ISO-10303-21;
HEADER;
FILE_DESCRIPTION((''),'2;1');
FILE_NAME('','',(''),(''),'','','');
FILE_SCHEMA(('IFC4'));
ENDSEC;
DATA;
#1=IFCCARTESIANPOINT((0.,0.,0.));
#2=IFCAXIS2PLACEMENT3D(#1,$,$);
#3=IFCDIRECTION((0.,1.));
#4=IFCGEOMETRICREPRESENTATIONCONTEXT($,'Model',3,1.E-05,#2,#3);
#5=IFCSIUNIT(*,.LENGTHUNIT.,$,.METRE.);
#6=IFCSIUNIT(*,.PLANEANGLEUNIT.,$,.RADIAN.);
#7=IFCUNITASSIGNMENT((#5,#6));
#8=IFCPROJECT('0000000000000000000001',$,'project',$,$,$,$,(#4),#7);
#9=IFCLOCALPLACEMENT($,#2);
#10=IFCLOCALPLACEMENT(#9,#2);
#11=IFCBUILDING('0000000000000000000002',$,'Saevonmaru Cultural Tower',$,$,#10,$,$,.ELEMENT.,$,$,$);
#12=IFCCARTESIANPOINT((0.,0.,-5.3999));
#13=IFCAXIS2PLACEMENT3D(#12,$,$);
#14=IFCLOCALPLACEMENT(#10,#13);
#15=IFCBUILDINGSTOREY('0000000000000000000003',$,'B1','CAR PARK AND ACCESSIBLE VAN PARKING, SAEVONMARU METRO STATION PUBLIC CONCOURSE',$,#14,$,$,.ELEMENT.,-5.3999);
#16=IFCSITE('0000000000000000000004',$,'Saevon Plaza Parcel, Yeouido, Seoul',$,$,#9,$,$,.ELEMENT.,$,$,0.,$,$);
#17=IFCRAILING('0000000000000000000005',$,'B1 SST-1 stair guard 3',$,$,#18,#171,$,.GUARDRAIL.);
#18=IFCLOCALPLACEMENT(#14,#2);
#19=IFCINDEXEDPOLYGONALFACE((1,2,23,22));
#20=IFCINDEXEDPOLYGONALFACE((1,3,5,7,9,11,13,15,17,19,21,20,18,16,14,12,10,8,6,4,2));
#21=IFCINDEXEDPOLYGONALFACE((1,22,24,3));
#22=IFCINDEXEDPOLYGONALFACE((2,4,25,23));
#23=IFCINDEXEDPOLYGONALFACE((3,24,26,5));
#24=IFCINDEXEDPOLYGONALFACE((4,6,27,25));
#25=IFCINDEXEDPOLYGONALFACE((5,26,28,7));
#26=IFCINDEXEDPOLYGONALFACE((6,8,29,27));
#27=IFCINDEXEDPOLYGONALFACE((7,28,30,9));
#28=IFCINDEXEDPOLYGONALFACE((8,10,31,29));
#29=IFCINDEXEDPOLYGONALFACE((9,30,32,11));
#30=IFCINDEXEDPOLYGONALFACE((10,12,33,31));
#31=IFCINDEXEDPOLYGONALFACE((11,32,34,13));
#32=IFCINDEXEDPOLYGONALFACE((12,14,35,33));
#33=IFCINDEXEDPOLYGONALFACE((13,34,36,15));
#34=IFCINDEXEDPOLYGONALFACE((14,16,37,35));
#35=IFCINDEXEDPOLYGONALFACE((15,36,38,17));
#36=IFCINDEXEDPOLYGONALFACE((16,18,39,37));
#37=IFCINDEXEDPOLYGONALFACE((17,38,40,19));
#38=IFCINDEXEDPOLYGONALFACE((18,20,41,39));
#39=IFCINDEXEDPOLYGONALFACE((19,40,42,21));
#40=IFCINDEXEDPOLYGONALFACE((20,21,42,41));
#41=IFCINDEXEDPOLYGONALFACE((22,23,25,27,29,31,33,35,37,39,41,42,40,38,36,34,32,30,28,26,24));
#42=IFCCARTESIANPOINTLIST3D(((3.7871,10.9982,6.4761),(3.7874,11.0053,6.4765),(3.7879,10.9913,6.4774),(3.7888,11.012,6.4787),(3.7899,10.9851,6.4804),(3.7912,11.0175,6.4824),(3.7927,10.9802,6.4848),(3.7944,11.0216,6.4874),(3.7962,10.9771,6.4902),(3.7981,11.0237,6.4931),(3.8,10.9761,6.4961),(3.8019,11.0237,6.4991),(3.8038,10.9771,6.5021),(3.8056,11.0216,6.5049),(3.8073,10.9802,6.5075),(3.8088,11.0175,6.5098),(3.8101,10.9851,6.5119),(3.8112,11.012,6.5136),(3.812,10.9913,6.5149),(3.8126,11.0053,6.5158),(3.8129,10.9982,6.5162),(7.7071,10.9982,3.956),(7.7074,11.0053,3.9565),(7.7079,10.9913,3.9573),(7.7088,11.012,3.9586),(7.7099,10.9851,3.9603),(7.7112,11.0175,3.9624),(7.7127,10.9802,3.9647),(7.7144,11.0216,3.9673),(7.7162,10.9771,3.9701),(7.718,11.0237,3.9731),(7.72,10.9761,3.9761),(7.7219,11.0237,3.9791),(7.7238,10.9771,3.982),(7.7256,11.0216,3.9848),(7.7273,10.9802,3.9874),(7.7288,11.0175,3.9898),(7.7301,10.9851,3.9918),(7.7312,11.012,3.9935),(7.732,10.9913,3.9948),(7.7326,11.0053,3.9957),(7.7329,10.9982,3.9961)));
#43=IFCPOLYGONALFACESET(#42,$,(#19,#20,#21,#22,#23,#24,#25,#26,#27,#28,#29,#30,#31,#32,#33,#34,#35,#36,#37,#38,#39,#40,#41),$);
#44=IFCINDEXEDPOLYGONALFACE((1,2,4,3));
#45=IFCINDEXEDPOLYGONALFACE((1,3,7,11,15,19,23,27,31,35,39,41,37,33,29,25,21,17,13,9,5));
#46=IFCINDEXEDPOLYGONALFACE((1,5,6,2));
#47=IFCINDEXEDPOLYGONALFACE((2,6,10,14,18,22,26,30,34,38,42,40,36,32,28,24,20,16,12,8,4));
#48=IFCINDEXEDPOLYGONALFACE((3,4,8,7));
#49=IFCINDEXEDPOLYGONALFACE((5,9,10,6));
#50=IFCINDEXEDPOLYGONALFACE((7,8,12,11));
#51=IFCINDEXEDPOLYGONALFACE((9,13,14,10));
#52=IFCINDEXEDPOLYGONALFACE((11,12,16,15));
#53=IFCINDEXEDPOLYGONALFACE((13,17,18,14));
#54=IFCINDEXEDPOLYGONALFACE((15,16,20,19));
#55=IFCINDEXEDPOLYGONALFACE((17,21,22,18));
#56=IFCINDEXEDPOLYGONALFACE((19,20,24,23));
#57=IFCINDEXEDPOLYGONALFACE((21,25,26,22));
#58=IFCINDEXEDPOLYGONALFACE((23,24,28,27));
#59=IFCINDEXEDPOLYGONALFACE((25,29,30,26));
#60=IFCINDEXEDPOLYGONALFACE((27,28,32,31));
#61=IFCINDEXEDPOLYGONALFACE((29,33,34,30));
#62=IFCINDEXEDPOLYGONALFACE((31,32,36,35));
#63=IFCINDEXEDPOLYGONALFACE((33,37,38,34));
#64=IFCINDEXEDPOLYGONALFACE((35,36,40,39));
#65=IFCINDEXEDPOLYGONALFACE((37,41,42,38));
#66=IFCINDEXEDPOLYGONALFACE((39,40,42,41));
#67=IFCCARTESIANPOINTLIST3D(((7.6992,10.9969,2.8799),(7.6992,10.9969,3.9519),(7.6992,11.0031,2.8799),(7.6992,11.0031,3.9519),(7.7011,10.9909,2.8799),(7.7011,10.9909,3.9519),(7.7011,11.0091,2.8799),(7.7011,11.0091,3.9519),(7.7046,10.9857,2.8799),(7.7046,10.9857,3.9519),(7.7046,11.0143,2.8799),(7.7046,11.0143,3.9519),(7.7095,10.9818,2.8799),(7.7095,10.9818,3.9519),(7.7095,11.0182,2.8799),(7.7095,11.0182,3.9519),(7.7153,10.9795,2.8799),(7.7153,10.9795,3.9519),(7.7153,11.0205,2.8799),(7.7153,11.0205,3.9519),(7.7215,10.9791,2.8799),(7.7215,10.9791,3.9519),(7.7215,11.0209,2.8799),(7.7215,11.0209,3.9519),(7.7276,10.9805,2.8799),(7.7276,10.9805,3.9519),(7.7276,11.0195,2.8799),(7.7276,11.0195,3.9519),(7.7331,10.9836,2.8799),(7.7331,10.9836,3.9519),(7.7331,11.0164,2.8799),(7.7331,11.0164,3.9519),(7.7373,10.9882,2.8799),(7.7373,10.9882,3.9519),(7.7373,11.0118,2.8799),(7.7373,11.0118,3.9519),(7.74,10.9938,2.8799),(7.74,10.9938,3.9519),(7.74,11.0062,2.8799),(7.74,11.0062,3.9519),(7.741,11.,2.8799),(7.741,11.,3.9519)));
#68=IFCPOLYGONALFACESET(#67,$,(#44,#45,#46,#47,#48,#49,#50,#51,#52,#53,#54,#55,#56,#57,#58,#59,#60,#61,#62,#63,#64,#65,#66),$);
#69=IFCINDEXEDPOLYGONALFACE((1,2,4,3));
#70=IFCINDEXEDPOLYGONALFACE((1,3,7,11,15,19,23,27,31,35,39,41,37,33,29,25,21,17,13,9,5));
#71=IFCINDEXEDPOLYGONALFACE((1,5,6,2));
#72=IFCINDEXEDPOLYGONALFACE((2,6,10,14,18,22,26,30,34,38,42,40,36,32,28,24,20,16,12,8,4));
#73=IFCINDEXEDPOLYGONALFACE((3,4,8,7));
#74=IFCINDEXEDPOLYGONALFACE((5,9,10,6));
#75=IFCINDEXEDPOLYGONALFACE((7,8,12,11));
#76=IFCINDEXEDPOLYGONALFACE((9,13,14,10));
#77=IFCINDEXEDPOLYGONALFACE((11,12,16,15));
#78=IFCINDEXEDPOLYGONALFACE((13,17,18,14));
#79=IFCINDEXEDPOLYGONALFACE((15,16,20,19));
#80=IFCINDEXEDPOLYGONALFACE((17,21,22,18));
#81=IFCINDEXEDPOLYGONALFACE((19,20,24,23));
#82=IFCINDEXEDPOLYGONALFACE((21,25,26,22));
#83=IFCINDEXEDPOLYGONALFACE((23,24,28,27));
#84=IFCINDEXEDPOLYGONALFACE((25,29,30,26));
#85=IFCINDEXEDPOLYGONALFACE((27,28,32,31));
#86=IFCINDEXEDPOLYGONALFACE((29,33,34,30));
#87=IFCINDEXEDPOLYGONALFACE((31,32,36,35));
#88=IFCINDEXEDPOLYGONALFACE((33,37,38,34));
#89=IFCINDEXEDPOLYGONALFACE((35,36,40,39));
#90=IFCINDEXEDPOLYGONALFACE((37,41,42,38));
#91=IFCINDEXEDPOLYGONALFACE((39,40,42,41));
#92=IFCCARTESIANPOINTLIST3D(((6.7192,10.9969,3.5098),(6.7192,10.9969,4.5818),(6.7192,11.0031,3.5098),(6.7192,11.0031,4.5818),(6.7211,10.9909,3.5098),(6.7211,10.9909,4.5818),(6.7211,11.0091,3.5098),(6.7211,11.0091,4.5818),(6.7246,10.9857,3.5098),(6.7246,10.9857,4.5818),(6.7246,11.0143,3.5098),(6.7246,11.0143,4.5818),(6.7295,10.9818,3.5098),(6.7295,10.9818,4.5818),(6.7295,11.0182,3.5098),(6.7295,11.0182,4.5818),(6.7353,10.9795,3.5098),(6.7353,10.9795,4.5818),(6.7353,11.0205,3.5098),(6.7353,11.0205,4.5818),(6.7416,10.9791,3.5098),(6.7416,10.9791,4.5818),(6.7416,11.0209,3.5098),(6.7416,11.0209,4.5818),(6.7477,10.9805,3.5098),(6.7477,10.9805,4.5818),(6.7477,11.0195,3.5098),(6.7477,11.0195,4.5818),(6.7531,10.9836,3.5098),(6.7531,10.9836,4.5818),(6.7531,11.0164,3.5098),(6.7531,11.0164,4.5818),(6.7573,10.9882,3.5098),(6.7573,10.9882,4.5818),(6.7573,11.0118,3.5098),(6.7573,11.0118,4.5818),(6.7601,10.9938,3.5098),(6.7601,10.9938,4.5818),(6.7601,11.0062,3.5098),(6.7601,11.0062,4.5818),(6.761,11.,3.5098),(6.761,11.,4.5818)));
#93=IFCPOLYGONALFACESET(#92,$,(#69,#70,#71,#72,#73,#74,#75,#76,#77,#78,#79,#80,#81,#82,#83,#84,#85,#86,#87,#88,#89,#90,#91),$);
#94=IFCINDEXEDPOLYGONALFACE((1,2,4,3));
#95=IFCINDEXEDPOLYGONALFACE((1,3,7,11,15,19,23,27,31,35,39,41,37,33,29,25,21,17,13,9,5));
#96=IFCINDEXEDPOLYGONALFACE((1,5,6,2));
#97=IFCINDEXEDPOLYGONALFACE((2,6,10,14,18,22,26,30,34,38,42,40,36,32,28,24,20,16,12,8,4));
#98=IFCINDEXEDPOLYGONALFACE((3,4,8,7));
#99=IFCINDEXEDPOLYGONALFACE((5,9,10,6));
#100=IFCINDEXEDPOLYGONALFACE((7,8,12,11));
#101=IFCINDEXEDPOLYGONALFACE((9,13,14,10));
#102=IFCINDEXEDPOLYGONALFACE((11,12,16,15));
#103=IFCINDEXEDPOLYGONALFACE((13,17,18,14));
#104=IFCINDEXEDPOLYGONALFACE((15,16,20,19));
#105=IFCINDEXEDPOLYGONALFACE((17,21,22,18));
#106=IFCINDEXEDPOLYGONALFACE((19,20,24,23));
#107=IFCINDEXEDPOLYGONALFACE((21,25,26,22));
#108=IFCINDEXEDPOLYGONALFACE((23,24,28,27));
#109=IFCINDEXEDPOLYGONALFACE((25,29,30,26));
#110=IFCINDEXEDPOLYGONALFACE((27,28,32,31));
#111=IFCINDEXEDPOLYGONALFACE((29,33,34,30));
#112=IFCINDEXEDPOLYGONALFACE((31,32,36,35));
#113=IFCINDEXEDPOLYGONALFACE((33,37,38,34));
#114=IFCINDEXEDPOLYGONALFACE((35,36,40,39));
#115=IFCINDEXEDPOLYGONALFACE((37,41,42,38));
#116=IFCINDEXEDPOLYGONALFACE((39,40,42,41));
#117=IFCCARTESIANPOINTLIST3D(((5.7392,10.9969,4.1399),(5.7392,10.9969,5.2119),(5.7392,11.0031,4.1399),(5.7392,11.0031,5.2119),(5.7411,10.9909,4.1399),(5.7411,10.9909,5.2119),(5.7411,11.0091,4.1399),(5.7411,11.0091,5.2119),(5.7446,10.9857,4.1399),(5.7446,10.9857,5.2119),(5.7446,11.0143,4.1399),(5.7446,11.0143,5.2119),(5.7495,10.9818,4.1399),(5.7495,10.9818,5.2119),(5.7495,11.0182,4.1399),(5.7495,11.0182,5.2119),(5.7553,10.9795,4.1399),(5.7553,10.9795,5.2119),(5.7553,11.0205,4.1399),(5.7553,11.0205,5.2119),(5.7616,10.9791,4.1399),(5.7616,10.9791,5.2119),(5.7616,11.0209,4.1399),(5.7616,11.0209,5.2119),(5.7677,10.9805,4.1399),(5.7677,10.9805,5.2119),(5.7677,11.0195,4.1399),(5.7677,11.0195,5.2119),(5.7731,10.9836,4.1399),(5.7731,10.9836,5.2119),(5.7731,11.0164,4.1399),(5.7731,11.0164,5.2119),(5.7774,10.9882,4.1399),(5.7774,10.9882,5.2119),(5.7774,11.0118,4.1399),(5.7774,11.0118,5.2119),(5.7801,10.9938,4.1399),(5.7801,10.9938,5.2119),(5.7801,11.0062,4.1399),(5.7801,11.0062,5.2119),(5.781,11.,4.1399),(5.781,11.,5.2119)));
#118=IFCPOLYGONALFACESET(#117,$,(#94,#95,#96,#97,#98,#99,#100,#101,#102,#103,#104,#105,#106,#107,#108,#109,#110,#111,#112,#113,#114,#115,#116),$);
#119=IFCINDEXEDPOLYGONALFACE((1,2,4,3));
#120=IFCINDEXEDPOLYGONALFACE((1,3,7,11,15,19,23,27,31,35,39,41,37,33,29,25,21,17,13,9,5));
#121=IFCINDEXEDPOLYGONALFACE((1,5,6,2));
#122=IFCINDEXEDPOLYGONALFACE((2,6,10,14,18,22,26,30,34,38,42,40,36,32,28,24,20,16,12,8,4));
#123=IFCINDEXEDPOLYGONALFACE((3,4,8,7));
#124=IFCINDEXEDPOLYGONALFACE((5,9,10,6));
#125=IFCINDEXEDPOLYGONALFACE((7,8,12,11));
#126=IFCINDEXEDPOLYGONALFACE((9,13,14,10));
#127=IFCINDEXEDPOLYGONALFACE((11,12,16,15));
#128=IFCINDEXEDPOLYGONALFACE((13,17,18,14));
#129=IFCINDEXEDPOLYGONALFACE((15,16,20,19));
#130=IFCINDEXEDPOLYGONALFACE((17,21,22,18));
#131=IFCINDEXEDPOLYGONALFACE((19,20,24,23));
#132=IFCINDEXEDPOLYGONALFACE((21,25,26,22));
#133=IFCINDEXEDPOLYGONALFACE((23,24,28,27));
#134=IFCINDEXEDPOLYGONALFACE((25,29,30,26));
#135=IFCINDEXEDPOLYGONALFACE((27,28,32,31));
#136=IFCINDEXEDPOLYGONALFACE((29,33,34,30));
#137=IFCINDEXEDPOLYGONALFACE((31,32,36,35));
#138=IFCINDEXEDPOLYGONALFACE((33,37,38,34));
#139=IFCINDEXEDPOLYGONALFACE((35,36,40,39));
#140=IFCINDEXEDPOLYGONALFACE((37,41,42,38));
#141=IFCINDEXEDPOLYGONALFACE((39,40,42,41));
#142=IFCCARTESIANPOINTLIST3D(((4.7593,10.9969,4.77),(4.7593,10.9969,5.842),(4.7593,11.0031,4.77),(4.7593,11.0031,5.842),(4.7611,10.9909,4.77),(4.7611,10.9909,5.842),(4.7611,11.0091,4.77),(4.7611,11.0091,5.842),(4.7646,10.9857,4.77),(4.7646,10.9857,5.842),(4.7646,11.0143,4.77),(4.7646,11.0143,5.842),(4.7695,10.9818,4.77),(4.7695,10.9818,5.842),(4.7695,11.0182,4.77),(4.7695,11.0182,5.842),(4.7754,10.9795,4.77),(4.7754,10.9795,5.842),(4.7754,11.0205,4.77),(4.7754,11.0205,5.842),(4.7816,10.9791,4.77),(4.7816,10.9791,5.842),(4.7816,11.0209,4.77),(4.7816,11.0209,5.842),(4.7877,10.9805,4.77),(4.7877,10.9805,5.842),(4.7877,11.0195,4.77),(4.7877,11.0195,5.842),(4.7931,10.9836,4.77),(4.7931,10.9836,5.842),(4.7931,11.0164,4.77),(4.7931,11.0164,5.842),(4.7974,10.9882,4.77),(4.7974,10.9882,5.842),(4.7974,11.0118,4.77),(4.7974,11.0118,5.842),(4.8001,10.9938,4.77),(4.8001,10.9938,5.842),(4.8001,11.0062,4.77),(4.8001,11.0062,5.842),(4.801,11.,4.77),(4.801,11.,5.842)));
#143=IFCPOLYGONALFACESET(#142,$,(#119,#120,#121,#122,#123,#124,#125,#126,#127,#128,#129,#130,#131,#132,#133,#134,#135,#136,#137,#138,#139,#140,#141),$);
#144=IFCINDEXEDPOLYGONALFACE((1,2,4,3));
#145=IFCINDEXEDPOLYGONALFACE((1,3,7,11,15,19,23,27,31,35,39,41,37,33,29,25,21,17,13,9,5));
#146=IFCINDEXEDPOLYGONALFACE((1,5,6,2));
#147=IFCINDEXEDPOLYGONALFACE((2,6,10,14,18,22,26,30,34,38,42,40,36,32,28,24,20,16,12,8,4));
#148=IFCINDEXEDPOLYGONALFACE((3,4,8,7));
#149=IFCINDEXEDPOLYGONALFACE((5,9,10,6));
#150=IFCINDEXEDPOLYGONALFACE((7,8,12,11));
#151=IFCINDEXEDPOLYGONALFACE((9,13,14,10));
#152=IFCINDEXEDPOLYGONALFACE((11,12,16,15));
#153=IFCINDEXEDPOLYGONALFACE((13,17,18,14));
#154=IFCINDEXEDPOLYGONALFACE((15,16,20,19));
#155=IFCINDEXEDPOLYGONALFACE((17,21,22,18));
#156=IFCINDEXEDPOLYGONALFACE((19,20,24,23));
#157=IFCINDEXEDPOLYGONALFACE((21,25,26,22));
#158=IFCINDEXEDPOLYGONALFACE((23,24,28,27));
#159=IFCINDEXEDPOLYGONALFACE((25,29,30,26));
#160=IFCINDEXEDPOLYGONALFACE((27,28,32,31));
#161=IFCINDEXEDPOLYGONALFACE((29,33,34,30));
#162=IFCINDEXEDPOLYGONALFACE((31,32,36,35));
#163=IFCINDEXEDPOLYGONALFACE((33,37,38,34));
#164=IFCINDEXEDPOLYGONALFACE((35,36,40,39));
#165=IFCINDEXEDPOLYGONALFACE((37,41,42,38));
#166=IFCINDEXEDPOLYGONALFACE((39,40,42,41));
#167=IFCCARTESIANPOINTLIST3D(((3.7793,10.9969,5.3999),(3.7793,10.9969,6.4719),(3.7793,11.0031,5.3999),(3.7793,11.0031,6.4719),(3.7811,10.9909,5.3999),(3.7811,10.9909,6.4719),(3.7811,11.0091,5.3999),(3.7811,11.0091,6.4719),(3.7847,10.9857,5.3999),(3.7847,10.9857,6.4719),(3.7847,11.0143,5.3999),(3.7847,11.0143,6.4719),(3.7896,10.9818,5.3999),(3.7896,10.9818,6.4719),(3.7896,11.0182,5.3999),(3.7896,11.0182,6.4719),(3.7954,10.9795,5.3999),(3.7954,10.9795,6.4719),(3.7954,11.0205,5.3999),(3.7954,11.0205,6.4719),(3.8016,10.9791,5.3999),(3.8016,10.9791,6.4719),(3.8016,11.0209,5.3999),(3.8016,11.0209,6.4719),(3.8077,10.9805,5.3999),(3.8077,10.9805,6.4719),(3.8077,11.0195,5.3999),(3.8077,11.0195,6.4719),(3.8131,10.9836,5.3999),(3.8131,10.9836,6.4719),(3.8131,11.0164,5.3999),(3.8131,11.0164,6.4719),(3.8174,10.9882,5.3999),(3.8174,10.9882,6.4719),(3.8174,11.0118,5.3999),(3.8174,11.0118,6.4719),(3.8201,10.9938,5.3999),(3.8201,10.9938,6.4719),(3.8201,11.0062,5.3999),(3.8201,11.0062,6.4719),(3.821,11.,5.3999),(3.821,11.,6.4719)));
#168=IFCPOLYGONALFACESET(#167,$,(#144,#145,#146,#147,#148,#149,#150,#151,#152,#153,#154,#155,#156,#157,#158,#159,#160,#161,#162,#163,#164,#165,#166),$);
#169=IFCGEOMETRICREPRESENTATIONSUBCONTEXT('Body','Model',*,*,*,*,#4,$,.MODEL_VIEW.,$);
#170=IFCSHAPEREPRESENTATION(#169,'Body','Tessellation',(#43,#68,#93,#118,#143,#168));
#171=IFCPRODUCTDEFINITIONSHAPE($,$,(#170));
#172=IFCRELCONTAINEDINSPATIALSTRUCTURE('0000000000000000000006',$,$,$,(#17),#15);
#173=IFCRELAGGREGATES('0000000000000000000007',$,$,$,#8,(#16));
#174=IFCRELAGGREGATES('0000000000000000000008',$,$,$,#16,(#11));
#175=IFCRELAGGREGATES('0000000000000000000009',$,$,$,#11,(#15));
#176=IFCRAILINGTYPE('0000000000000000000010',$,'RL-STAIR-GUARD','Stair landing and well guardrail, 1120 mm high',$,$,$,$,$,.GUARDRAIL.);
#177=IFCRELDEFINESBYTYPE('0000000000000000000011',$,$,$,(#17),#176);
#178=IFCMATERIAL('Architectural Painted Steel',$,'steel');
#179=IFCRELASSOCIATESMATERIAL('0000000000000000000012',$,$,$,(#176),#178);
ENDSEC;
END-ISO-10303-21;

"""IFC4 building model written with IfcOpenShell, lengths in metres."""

from ifc_helpers import new_model, si_unit, direction, frame, origin, origin_2d, place, context, subcontext, project, spatial, circle, extrude, material, type_object, element, save


model = new_model("IFC4")

# Units and contexts
model_context = context("Model", 3, precision=1e-05, world=origin(), true_north=direction((0.0, 1.0)))
body_context = subcontext(model_context, "Body", "Model", "MODEL_VIEW")
ifc_project = project(units=[si_unit("LENGTHUNIT", "METRE"), si_unit("PLANEANGLEUNIT", "RADIAN")], contexts=[model_context])

# Site, building, storey
site_placement = place(None, origin())
site = spatial("IfcSite", under=ifc_project, at=site_placement, Name="Saevon Plaza Parcel, Yeouido, Seoul", CompositionType="ELEMENT", RefElevation=0.0)
building_placement = place(site_placement, origin())
building = spatial("IfcBuilding", under=site, at=building_placement, Name="Saevonmaru Cultural Tower", CompositionType="ELEMENT")
storey_placement = place(building_placement, frame((0.0, 0.0, -5.3999)))
storey = spatial("IfcBuildingStorey", under=building, at=storey_placement, Name="B1", Description="CAR PARK AND ACCESSIBLE VAN PARKING, SAEVONMARU METRO STATION PUBLIC CONCOURSE", CompositionType="ELEMENT", Elevation=-5.3999)

# Railing
ifc_material_1 = material(Name="Architectural Painted Steel", Category="steel")
railing_type_1 = type_object("IfcRailingType", Name="RL-STAIR-GUARD", Description="Stair landing and well guardrail, 1120 mm high", PredefinedType="GUARDRAIL", material=ifc_material_1)
railing_1_placement = place(storey_placement, frame((7.72, 11.0, 2.8799)))
element("IfcRailing", 1, at=railing_1_placement, inside=storey, type_object=railing_type_1, Name="B1 SST-1 stair guard 3", PredefinedType="GUARDRAIL", context=body_context, shape_type="SweptSolid", body=[
    extrude(circle(Radius=0.0239, at=origin_2d()), frame((0.0, 0.0, 1.0962), z_axis=(-0.841172, 0.0, 0.540768), x_axis=(0.0, -1.0, 0.0)), (0.0, 0.0, 1.0), 4.6602),
    extrude(circle(Radius=0.021, at=origin_2d()), origin(), (0.0, 0.0, 1.0), 1.072),
    extrude(circle(Radius=0.021, at=origin_2d()), frame((-0.98, 0.0, 0.6299)), (0.0, 0.0, 1.0), 1.072),
    extrude(circle(Radius=0.021, at=origin_2d()), frame((-1.96, 0.0, 1.26)), (0.0, 0.0, 1.0), 1.072),
    extrude(circle(Radius=0.021, at=origin_2d()), frame((-2.9399, 0.0, 1.8901)), (0.0, 0.0, 1.0), 1.072),
    extrude(circle(Radius=0.021, at=origin_2d()), frame((-3.9199, 0.0, 2.52)), (0.0, 0.0, 1.0), 1.072),
])

save(model, "model.ifc")
